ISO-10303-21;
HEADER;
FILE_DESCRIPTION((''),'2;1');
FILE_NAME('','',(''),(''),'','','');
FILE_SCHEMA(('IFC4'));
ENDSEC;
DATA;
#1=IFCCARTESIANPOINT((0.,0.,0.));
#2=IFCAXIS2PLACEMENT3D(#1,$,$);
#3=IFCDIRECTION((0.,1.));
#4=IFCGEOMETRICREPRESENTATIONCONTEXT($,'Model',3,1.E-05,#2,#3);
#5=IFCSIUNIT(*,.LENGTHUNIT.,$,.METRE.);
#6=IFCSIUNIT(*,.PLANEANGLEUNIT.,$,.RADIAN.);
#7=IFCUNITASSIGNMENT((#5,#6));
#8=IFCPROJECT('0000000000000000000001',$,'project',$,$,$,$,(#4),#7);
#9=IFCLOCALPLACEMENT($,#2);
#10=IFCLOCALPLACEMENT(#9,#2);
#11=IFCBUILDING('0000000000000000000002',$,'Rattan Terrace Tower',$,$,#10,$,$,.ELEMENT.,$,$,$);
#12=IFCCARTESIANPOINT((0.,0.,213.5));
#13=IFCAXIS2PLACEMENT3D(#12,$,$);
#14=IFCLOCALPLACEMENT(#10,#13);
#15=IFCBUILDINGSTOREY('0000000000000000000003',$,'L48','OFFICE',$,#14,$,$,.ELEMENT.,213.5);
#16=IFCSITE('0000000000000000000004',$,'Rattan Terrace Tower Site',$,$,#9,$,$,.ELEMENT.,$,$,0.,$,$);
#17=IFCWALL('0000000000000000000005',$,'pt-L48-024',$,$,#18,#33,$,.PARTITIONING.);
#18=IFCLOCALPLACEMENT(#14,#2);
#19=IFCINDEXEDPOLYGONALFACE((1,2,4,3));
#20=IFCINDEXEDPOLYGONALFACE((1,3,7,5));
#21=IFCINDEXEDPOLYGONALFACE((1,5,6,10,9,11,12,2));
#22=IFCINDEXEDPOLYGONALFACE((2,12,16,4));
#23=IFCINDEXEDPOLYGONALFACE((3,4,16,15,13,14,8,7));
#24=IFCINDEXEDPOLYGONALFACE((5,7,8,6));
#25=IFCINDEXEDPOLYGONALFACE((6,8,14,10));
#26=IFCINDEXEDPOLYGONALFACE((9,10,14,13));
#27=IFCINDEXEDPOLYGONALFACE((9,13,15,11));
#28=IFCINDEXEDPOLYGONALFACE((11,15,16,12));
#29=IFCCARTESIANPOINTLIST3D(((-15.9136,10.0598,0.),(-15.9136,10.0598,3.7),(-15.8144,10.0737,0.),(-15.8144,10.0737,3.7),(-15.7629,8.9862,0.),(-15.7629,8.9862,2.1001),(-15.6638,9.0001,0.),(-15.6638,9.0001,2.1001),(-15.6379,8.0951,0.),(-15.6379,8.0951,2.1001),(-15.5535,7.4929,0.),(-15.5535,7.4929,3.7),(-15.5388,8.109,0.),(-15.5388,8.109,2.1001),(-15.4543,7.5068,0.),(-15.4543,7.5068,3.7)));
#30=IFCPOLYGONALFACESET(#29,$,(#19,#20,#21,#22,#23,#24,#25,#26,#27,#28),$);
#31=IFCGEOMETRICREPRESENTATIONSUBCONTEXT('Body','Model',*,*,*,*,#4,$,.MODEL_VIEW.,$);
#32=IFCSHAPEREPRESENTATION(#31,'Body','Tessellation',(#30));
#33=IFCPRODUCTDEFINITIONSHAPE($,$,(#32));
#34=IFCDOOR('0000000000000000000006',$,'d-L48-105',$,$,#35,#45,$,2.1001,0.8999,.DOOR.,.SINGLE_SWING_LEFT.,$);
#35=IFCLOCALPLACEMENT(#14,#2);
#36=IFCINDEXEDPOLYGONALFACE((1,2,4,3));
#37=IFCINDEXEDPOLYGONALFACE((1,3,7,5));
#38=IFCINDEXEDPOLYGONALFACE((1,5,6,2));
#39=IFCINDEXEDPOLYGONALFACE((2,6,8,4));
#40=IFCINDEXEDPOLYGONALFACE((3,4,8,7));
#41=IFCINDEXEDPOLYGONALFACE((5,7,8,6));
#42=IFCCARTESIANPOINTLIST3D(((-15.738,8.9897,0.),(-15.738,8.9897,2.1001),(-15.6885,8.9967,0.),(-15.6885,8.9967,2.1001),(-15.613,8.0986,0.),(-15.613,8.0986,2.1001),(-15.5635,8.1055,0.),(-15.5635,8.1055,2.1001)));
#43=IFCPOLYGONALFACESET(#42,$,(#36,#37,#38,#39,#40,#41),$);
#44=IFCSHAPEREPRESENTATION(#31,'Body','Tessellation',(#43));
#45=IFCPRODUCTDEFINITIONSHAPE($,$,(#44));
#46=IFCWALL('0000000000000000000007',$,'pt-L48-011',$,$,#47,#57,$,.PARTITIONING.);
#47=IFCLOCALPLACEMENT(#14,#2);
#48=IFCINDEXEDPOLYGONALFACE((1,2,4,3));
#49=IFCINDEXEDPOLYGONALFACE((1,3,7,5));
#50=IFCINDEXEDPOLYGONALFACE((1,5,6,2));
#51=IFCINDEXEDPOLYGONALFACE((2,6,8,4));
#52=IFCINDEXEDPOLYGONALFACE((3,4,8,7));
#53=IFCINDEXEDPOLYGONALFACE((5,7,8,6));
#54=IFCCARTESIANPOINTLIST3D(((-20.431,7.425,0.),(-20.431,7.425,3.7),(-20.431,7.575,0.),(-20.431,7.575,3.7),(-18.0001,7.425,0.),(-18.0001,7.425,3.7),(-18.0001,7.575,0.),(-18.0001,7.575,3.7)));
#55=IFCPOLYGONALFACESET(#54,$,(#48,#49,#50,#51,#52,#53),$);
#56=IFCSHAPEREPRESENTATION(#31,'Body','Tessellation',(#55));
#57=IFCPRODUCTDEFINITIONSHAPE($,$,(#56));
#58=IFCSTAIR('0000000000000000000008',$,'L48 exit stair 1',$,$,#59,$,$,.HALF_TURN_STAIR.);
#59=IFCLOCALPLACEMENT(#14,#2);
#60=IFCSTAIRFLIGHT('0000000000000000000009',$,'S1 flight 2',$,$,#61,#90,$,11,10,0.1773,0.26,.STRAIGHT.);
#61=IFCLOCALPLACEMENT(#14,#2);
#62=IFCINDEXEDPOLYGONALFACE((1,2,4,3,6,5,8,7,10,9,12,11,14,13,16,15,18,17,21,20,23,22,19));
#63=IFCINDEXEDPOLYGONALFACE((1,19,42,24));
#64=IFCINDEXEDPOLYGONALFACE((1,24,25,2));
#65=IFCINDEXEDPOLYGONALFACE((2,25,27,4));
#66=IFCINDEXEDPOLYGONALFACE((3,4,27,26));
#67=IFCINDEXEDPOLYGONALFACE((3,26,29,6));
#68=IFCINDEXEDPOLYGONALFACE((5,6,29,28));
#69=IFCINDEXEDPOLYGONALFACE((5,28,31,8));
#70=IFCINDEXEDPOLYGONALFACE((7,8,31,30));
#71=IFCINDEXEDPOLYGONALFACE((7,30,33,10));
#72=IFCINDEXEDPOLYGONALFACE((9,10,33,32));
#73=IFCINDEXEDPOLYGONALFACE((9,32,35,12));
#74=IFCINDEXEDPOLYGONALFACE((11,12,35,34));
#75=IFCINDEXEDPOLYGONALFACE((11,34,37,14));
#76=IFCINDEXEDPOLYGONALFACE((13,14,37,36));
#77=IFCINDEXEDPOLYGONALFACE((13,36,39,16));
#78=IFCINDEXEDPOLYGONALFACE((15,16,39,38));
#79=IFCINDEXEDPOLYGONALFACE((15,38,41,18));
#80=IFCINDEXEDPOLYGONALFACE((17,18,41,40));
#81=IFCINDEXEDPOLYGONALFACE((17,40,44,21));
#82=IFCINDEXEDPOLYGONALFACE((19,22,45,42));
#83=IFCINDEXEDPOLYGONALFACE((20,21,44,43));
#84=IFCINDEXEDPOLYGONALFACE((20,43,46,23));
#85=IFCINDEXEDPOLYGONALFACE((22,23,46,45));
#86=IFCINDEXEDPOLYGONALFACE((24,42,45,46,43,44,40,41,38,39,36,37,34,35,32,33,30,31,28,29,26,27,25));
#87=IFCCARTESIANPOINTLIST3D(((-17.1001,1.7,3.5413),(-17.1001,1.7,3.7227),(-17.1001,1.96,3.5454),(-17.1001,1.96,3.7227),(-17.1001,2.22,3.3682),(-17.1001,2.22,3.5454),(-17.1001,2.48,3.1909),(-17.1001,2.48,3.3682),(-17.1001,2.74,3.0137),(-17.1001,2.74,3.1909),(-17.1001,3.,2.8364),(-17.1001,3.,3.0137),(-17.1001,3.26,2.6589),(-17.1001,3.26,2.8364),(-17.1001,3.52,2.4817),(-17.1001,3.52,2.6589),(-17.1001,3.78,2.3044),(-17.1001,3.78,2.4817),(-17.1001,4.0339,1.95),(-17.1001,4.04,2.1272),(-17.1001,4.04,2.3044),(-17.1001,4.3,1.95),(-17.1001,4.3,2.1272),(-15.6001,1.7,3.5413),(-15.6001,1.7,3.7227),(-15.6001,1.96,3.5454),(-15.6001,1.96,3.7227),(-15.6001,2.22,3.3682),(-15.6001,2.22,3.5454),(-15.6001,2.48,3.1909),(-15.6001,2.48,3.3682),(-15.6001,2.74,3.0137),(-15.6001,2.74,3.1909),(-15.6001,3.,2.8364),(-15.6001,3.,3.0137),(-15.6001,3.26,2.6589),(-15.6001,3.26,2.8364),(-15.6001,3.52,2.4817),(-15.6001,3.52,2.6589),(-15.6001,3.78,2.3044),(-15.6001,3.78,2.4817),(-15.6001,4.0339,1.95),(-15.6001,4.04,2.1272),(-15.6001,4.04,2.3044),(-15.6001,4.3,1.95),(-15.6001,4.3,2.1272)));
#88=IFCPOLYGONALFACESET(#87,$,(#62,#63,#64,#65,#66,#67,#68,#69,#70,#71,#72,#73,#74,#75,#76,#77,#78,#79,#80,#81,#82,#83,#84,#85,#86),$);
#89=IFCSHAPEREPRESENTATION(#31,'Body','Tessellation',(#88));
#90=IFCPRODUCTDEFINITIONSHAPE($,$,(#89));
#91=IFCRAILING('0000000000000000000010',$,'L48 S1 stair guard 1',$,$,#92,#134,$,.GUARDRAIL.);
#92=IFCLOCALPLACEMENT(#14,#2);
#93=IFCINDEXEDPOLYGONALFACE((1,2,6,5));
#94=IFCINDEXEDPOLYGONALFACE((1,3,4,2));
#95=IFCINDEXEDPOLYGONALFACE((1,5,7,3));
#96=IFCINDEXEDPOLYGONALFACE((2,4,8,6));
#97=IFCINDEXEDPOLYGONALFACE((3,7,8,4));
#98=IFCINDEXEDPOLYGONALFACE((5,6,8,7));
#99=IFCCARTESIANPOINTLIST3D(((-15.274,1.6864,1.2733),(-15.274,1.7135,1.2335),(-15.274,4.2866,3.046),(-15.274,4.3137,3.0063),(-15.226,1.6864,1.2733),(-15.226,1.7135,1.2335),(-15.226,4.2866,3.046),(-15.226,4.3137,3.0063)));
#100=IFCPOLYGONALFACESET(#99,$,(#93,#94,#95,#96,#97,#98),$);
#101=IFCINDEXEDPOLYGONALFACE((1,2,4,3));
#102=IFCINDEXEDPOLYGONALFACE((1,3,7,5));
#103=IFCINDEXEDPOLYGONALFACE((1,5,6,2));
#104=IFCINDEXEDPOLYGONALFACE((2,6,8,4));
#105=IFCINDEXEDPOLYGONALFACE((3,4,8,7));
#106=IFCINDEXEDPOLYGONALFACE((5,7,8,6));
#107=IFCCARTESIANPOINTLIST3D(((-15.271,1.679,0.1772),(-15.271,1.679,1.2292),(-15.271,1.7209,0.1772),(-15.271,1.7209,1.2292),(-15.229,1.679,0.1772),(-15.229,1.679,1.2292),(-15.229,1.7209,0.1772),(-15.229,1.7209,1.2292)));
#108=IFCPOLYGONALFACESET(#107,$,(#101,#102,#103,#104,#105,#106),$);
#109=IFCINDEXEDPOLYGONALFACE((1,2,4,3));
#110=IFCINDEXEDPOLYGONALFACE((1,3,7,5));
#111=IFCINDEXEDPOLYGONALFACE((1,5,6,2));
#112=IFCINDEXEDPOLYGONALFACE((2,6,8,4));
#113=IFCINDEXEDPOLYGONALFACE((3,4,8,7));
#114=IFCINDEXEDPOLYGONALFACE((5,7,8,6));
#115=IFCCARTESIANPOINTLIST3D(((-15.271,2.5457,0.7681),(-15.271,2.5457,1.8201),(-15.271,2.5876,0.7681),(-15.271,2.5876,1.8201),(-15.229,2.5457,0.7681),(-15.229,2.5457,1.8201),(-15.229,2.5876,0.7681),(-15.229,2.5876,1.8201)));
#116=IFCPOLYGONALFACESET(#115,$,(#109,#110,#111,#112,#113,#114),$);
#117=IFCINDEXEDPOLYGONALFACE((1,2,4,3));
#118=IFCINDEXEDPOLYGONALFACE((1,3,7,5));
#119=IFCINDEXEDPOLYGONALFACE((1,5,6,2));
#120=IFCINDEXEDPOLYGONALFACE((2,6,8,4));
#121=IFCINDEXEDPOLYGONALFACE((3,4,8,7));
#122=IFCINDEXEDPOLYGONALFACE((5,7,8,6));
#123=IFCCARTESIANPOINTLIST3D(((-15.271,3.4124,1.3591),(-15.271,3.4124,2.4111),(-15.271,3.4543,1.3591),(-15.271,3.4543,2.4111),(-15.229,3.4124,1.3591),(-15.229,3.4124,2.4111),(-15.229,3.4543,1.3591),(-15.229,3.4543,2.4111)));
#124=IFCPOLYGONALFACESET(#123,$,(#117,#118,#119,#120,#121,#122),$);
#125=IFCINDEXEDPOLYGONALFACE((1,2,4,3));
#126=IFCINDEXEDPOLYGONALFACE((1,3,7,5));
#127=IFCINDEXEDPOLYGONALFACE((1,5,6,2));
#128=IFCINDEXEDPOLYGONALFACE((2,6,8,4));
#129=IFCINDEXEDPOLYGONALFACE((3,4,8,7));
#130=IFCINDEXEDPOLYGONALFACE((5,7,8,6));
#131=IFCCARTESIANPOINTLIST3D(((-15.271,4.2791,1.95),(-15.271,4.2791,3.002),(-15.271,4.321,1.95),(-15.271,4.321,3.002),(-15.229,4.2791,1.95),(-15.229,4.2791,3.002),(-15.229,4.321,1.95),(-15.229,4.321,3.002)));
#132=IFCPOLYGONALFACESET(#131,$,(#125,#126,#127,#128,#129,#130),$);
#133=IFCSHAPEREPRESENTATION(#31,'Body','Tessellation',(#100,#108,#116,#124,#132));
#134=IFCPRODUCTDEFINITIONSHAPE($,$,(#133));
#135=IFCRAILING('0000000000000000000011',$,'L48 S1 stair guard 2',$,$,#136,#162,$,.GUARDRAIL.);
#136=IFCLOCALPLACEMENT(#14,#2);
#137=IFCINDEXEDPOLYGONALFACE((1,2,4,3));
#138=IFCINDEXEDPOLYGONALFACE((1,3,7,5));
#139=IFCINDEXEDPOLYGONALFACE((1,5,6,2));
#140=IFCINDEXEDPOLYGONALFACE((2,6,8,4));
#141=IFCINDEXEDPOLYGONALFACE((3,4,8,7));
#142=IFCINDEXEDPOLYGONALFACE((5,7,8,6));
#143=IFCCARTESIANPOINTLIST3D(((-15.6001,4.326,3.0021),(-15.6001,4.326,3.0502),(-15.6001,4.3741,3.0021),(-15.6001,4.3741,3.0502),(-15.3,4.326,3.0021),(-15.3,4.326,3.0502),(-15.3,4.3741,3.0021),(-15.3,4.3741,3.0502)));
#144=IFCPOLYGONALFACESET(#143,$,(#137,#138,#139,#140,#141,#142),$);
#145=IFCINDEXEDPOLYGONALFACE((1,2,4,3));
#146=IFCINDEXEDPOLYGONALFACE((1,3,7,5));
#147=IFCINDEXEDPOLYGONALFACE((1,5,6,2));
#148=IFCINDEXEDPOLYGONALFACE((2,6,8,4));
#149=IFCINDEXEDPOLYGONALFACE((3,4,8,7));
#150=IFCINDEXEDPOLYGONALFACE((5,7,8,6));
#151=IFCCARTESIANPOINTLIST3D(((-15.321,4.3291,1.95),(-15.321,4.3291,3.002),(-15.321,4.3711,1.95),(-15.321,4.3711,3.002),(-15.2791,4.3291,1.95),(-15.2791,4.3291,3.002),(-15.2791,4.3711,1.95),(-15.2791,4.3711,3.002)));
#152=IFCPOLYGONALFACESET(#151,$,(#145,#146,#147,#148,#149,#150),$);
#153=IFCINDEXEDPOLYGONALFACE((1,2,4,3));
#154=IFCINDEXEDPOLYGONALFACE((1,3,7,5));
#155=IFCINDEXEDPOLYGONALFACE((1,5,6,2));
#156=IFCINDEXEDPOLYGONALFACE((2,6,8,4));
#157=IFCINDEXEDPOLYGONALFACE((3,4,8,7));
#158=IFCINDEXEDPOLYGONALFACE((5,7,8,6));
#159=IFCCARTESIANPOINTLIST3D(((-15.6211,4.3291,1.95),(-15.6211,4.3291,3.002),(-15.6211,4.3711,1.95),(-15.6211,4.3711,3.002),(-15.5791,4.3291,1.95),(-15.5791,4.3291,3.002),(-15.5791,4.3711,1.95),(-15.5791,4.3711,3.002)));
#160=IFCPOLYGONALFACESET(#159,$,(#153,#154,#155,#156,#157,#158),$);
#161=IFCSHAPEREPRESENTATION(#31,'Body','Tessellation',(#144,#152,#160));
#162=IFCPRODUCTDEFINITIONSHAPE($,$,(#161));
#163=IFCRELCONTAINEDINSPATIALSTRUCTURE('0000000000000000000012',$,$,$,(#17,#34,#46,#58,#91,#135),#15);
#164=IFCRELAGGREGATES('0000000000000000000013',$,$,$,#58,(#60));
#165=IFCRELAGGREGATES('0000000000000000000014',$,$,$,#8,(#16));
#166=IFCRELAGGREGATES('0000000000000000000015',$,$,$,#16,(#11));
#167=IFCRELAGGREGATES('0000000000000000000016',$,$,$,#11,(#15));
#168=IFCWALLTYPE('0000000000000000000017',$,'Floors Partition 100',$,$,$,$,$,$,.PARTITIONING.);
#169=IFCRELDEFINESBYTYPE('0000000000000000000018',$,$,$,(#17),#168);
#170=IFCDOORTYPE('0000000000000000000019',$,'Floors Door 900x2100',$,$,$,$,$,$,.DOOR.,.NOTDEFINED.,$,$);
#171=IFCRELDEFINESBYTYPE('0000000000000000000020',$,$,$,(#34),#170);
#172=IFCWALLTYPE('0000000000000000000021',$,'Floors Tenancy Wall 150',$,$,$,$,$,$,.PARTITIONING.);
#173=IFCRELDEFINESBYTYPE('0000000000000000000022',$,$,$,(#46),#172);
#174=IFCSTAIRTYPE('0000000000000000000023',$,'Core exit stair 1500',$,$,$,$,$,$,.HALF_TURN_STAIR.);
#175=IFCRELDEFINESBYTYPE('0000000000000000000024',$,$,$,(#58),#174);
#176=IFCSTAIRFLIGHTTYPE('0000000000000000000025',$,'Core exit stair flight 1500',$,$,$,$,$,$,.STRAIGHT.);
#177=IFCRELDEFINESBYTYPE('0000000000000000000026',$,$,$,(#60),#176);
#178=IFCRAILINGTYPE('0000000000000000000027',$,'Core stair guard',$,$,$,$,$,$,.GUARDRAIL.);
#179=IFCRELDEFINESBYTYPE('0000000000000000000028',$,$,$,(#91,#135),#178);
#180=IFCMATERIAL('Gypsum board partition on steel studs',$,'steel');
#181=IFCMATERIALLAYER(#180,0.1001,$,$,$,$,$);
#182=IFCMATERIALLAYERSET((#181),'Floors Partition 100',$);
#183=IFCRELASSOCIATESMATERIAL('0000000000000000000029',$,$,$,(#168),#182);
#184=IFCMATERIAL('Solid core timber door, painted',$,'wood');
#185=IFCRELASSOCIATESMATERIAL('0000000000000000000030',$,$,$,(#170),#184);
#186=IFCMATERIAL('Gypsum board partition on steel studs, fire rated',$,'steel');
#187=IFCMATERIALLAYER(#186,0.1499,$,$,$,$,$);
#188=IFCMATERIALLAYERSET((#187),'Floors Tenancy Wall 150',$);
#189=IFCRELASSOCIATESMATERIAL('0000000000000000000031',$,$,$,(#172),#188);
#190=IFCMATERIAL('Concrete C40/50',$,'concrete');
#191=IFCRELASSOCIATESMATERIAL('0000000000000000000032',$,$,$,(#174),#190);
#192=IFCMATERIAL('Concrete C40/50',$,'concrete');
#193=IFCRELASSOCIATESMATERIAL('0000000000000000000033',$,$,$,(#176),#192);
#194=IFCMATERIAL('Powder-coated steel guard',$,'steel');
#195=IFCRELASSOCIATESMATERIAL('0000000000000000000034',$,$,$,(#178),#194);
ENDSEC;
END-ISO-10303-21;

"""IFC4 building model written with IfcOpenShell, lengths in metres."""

from ifc_helpers import new_model, si_unit, direction, frame, frame_2d, origin, origin_2d, place, context, subcontext, project, spatial, polyline, rectangle, outline, extrude, material, layer, layer_set, type_object, element, fill, aggregate, save


model = new_model("IFC4")

# Units and contexts
model_context = context("Model", 3, precision=1e-05, world=origin(), true_north=direction((0.0, 1.0)))
body_context = subcontext(model_context, "Body", "Model", "MODEL_VIEW")
ifc_project = project(units=[si_unit("LENGTHUNIT", "METRE"), si_unit("PLANEANGLEUNIT", "RADIAN")], contexts=[model_context])

# Site, building, storey
site_placement = place(None, origin())
site = spatial("IfcSite", under=ifc_project, at=site_placement, Name="Rattan Terrace Tower Site", CompositionType="ELEMENT", RefElevation=0.0)
building_placement = place(site_placement, origin())
building = spatial("IfcBuilding", under=site, at=building_placement, Name="Rattan Terrace Tower", CompositionType="ELEMENT")
storey_placement = place(building_placement, frame((0.0, 0.0, 213.5)))
storey = spatial("IfcBuildingStorey", under=building, at=storey_placement, Name="L48", Description="OFFICE", CompositionType="ELEMENT", Elevation=213.5)

# Wall, opening, door
ifc_material_1 = material(Name="Gypsum board partition on steel studs", Category="steel")
ifc_layer_1 = layer(ifc_material_1, 0.1001)
ifc_layer_set_1 = layer_set([ifc_layer_1], Name="Floors Partition 100")
wall_type_1 = type_object("IfcWallType", Name="Floors Partition 100", PredefinedType="PARTITIONING", material=ifc_layer_set_1)
wall_1_placement = place(storey_placement, frame((-15.5039, 7.5, 0.0), z_axis=(0.0, 0.0, 1.0), x_axis=(-0.138929, 0.990302, 0.0)))
wall_1 = element("IfcWall", 1, at=wall_1_placement, inside=storey, type_object=wall_type_1, Name="pt-L48-024", PredefinedType="PARTITIONING", context=body_context, shape_type="SweptSolid", body=[
    extrude(rectangle(XDim=2.592, YDim=0.1001, at=frame_2d((1.2959, 0.0))), origin(), (0.0, 0.0, 1.0), 3.7),
])
opening_1_placement = place(wall_1_placement, frame((0.6079, 0.0, 0.0)))
opening_1 = element("IfcOpeningElement", 2, at=opening_1_placement, cuts=wall_1, PredefinedType="OPENING", context=body_context, shape_type="SweptSolid", body=[
    extrude(rectangle(XDim=0.8999, YDim=2.1001, at=frame_2d((0.45, 1.05))), frame((0.0, 0.0605, 0.0), z_axis=(0.0, -1.0, 0.0), x_axis=(1.0, 0.0, 0.0)), (0.0, 0.0, 1.0), 0.1211),
])
ifc_material_2 = material(Name="Solid core timber door, painted", Category="wood")
door_type_1 = type_object("IfcDoorType", Name="Floors Door 900x2100", OperationType="NOTDEFINED", PredefinedType="DOOR", material=ifc_material_2)
door_1_placement = place(opening_1_placement, origin())
door_1 = element("IfcDoor", 3, at=door_1_placement, inside=storey, type_object=door_type_1, Name="d-L48-105", OperationType="SINGLE_SWING_LEFT", OverallHeight=2.1001, OverallWidth=0.8999, PredefinedType="DOOR", context=body_context, shape_type="SweptSolid", body=[
    extrude(rectangle(XDim=0.8999, YDim=2.1001, at=frame_2d((0.45, 1.05))), frame((0.0, 0.0249, 0.0), z_axis=(0.0, -1.0, 0.0), x_axis=(1.0, 0.0, 0.0)), (0.0, 0.0, 1.0), 0.05),
])
fill(opening_1, door_1)

# Wall
ifc_material_3 = material(Name="Gypsum board partition on steel studs, fire rated", Category="steel")
ifc_layer_2 = layer(ifc_material_3, 0.1499)
ifc_layer_set_2 = layer_set([ifc_layer_2], Name="Floors Tenancy Wall 150")
wall_type_2 = type_object("IfcWallType", Name="Floors Tenancy Wall 150", PredefinedType="PARTITIONING", material=ifc_layer_set_2)
wall_2_placement = place(storey_placement, frame((-20.4309, 7.5, 0.0), z_axis=(0.0, 0.0, 1.0), x_axis=(1.0, 0.0, 0.0)))
element("IfcWall", 4, at=wall_2_placement, inside=storey, type_object=wall_type_2, Name="pt-L48-011", PredefinedType="PARTITIONING", context=body_context, shape_type="SweptSolid", body=[
    extrude(rectangle(XDim=2.4309, YDim=0.1499, at=frame_2d((1.2153, 0.0))), origin(), (0.0, 0.0, 1.0), 3.7),
])

# Stair, stair flight
ifc_material_4 = material(Name="Concrete C40/50", Category="concrete")
stair_type = type_object("IfcStairType", Name="Core exit stair 1500", PredefinedType="HALF_TURN_STAIR", material=ifc_material_4)
stair_placement = place(storey_placement, origin())
stair = element("IfcStair", 5, at=stair_placement, inside=storey, type_object=stair_type, Name="L48 exit stair 1", PredefinedType="HALF_TURN_STAIR")
ifc_material_5 = material(Name="Concrete C40/50", Category="concrete")
stair_flight_type = type_object("IfcStairFlightType", Name="Core exit stair flight 1500", PredefinedType="STRAIGHT", material=ifc_material_5)
stair_flight_placement = place(storey_placement, frame((-16.3501, 4.3, 1.95), z_axis=(0.0, 0.0, 1.0), x_axis=(0.0, -1.0, 0.0)))
stair_flight = element("IfcStairFlight", 6, at=stair_flight_placement, type_object=stair_flight_type, Name="S1 flight 2", NumberOfRisers=11, NumberOfTreads=10, PredefinedType="STRAIGHT", RiserHeight=0.1773, TreadLength=0.26, context=body_context, shape_type="SweptSolid", body=[
    extrude(outline(polyline([(0.0, 0.0), (0.0, 0.1772), (0.26, 0.1772), (0.26, 0.3545), (0.52, 0.3545), (0.52, 0.5317), (0.78, 0.5317), (0.78, 0.709), (1.04, 0.709), (1.04, 0.8865), (1.3, 0.8865), (1.3, 1.0637), (1.5601, 1.0637), (1.5601, 1.241), (1.8201, 1.241), (1.8201, 1.4182), (2.0801, 1.4182), (2.0801, 1.5955), (2.3401, 1.5955), (2.3401, 1.7727), (2.6001, 1.7727), (2.6001, 1.95), (2.6001, 1.5913), (0.2661, 0.0), (0.0, 0.0)])), frame((0.0, 0.75, 0.0), z_axis=(0.0, -1.0, 0.0), x_axis=(1.0, 0.0, 0.0)), (0.0, 0.0, 1.0), 1.5),
])
aggregate(stair, [stair_flight])

# Railings
ifc_material_6 = material(Name="Powder-coated steel guard", Category="steel")
railing_type_1 = type_object("IfcRailingType", Name="Core stair guard", PredefinedType="GUARDRAIL", material=ifc_material_6)
railing_1_placement = place(storey_placement, frame((-15.25, 1.7, 0.1772)))
element("IfcRailing", 7, at=railing_1_placement, inside=storey, type_object=railing_type_1, Name="L48 S1 stair guard 1", PredefinedType="GUARDRAIL", context=body_context, shape_type="SweptSolid", body=[
    extrude(rectangle(XDim=0.0481, YDim=0.0481, at=origin_2d()), frame((0.0, 0.0, 1.0762), z_axis=(0.0, 0.82624, 0.563318), x_axis=(-1.0, 0.0, 0.0)), (0.0, 0.0, 1.0), 3.147),
    extrude(rectangle(XDim=0.042, YDim=0.042, at=origin_2d()), origin(), (0.0, 0.0, 1.0), 1.052),
    extrude(rectangle(XDim=0.042, YDim=0.042, at=origin_2d()), frame((0.0, 0.8667, 0.5908)), (0.0, 0.0, 1.0), 1.052),
    extrude(rectangle(XDim=0.042, YDim=0.042, at=origin_2d()), frame((0.0, 1.7334, 1.1819)), (0.0, 0.0, 1.0), 1.052),
    extrude(rectangle(XDim=0.042, YDim=0.042, at=origin_2d()), frame((0.0, 2.6001, 1.7727)), (0.0, 0.0, 1.0), 1.052),
])
railing_2_placement = place(storey_placement, frame((-15.3, 4.3501, 1.95)))
element("IfcRailing", 8, at=railing_2_placement, inside=storey, type_object=railing_type_1, Name="L48 S1 stair guard 2", PredefinedType="GUARDRAIL", context=body_context, shape_type="SweptSolid", body=[
    extrude(rectangle(XDim=0.0481, YDim=0.0481, at=origin_2d()), frame((0.0, 0.0, 1.0762), z_axis=(-1.0, 0.0, 0.0), x_axis=(0.0, -1.0, 0.0)), (0.0, 0.0, 1.0), 0.3),
    extrude(rectangle(XDim=0.042, YDim=0.042, at=origin_2d()), origin(), (0.0, 0.0, 1.0), 1.052),
    extrude(rectangle(XDim=0.042, YDim=0.042, at=origin_2d()), frame((-0.3, 0.0, 0.0)), (0.0, 0.0, 1.0), 1.052),
])

save(model, "model.ifc")
